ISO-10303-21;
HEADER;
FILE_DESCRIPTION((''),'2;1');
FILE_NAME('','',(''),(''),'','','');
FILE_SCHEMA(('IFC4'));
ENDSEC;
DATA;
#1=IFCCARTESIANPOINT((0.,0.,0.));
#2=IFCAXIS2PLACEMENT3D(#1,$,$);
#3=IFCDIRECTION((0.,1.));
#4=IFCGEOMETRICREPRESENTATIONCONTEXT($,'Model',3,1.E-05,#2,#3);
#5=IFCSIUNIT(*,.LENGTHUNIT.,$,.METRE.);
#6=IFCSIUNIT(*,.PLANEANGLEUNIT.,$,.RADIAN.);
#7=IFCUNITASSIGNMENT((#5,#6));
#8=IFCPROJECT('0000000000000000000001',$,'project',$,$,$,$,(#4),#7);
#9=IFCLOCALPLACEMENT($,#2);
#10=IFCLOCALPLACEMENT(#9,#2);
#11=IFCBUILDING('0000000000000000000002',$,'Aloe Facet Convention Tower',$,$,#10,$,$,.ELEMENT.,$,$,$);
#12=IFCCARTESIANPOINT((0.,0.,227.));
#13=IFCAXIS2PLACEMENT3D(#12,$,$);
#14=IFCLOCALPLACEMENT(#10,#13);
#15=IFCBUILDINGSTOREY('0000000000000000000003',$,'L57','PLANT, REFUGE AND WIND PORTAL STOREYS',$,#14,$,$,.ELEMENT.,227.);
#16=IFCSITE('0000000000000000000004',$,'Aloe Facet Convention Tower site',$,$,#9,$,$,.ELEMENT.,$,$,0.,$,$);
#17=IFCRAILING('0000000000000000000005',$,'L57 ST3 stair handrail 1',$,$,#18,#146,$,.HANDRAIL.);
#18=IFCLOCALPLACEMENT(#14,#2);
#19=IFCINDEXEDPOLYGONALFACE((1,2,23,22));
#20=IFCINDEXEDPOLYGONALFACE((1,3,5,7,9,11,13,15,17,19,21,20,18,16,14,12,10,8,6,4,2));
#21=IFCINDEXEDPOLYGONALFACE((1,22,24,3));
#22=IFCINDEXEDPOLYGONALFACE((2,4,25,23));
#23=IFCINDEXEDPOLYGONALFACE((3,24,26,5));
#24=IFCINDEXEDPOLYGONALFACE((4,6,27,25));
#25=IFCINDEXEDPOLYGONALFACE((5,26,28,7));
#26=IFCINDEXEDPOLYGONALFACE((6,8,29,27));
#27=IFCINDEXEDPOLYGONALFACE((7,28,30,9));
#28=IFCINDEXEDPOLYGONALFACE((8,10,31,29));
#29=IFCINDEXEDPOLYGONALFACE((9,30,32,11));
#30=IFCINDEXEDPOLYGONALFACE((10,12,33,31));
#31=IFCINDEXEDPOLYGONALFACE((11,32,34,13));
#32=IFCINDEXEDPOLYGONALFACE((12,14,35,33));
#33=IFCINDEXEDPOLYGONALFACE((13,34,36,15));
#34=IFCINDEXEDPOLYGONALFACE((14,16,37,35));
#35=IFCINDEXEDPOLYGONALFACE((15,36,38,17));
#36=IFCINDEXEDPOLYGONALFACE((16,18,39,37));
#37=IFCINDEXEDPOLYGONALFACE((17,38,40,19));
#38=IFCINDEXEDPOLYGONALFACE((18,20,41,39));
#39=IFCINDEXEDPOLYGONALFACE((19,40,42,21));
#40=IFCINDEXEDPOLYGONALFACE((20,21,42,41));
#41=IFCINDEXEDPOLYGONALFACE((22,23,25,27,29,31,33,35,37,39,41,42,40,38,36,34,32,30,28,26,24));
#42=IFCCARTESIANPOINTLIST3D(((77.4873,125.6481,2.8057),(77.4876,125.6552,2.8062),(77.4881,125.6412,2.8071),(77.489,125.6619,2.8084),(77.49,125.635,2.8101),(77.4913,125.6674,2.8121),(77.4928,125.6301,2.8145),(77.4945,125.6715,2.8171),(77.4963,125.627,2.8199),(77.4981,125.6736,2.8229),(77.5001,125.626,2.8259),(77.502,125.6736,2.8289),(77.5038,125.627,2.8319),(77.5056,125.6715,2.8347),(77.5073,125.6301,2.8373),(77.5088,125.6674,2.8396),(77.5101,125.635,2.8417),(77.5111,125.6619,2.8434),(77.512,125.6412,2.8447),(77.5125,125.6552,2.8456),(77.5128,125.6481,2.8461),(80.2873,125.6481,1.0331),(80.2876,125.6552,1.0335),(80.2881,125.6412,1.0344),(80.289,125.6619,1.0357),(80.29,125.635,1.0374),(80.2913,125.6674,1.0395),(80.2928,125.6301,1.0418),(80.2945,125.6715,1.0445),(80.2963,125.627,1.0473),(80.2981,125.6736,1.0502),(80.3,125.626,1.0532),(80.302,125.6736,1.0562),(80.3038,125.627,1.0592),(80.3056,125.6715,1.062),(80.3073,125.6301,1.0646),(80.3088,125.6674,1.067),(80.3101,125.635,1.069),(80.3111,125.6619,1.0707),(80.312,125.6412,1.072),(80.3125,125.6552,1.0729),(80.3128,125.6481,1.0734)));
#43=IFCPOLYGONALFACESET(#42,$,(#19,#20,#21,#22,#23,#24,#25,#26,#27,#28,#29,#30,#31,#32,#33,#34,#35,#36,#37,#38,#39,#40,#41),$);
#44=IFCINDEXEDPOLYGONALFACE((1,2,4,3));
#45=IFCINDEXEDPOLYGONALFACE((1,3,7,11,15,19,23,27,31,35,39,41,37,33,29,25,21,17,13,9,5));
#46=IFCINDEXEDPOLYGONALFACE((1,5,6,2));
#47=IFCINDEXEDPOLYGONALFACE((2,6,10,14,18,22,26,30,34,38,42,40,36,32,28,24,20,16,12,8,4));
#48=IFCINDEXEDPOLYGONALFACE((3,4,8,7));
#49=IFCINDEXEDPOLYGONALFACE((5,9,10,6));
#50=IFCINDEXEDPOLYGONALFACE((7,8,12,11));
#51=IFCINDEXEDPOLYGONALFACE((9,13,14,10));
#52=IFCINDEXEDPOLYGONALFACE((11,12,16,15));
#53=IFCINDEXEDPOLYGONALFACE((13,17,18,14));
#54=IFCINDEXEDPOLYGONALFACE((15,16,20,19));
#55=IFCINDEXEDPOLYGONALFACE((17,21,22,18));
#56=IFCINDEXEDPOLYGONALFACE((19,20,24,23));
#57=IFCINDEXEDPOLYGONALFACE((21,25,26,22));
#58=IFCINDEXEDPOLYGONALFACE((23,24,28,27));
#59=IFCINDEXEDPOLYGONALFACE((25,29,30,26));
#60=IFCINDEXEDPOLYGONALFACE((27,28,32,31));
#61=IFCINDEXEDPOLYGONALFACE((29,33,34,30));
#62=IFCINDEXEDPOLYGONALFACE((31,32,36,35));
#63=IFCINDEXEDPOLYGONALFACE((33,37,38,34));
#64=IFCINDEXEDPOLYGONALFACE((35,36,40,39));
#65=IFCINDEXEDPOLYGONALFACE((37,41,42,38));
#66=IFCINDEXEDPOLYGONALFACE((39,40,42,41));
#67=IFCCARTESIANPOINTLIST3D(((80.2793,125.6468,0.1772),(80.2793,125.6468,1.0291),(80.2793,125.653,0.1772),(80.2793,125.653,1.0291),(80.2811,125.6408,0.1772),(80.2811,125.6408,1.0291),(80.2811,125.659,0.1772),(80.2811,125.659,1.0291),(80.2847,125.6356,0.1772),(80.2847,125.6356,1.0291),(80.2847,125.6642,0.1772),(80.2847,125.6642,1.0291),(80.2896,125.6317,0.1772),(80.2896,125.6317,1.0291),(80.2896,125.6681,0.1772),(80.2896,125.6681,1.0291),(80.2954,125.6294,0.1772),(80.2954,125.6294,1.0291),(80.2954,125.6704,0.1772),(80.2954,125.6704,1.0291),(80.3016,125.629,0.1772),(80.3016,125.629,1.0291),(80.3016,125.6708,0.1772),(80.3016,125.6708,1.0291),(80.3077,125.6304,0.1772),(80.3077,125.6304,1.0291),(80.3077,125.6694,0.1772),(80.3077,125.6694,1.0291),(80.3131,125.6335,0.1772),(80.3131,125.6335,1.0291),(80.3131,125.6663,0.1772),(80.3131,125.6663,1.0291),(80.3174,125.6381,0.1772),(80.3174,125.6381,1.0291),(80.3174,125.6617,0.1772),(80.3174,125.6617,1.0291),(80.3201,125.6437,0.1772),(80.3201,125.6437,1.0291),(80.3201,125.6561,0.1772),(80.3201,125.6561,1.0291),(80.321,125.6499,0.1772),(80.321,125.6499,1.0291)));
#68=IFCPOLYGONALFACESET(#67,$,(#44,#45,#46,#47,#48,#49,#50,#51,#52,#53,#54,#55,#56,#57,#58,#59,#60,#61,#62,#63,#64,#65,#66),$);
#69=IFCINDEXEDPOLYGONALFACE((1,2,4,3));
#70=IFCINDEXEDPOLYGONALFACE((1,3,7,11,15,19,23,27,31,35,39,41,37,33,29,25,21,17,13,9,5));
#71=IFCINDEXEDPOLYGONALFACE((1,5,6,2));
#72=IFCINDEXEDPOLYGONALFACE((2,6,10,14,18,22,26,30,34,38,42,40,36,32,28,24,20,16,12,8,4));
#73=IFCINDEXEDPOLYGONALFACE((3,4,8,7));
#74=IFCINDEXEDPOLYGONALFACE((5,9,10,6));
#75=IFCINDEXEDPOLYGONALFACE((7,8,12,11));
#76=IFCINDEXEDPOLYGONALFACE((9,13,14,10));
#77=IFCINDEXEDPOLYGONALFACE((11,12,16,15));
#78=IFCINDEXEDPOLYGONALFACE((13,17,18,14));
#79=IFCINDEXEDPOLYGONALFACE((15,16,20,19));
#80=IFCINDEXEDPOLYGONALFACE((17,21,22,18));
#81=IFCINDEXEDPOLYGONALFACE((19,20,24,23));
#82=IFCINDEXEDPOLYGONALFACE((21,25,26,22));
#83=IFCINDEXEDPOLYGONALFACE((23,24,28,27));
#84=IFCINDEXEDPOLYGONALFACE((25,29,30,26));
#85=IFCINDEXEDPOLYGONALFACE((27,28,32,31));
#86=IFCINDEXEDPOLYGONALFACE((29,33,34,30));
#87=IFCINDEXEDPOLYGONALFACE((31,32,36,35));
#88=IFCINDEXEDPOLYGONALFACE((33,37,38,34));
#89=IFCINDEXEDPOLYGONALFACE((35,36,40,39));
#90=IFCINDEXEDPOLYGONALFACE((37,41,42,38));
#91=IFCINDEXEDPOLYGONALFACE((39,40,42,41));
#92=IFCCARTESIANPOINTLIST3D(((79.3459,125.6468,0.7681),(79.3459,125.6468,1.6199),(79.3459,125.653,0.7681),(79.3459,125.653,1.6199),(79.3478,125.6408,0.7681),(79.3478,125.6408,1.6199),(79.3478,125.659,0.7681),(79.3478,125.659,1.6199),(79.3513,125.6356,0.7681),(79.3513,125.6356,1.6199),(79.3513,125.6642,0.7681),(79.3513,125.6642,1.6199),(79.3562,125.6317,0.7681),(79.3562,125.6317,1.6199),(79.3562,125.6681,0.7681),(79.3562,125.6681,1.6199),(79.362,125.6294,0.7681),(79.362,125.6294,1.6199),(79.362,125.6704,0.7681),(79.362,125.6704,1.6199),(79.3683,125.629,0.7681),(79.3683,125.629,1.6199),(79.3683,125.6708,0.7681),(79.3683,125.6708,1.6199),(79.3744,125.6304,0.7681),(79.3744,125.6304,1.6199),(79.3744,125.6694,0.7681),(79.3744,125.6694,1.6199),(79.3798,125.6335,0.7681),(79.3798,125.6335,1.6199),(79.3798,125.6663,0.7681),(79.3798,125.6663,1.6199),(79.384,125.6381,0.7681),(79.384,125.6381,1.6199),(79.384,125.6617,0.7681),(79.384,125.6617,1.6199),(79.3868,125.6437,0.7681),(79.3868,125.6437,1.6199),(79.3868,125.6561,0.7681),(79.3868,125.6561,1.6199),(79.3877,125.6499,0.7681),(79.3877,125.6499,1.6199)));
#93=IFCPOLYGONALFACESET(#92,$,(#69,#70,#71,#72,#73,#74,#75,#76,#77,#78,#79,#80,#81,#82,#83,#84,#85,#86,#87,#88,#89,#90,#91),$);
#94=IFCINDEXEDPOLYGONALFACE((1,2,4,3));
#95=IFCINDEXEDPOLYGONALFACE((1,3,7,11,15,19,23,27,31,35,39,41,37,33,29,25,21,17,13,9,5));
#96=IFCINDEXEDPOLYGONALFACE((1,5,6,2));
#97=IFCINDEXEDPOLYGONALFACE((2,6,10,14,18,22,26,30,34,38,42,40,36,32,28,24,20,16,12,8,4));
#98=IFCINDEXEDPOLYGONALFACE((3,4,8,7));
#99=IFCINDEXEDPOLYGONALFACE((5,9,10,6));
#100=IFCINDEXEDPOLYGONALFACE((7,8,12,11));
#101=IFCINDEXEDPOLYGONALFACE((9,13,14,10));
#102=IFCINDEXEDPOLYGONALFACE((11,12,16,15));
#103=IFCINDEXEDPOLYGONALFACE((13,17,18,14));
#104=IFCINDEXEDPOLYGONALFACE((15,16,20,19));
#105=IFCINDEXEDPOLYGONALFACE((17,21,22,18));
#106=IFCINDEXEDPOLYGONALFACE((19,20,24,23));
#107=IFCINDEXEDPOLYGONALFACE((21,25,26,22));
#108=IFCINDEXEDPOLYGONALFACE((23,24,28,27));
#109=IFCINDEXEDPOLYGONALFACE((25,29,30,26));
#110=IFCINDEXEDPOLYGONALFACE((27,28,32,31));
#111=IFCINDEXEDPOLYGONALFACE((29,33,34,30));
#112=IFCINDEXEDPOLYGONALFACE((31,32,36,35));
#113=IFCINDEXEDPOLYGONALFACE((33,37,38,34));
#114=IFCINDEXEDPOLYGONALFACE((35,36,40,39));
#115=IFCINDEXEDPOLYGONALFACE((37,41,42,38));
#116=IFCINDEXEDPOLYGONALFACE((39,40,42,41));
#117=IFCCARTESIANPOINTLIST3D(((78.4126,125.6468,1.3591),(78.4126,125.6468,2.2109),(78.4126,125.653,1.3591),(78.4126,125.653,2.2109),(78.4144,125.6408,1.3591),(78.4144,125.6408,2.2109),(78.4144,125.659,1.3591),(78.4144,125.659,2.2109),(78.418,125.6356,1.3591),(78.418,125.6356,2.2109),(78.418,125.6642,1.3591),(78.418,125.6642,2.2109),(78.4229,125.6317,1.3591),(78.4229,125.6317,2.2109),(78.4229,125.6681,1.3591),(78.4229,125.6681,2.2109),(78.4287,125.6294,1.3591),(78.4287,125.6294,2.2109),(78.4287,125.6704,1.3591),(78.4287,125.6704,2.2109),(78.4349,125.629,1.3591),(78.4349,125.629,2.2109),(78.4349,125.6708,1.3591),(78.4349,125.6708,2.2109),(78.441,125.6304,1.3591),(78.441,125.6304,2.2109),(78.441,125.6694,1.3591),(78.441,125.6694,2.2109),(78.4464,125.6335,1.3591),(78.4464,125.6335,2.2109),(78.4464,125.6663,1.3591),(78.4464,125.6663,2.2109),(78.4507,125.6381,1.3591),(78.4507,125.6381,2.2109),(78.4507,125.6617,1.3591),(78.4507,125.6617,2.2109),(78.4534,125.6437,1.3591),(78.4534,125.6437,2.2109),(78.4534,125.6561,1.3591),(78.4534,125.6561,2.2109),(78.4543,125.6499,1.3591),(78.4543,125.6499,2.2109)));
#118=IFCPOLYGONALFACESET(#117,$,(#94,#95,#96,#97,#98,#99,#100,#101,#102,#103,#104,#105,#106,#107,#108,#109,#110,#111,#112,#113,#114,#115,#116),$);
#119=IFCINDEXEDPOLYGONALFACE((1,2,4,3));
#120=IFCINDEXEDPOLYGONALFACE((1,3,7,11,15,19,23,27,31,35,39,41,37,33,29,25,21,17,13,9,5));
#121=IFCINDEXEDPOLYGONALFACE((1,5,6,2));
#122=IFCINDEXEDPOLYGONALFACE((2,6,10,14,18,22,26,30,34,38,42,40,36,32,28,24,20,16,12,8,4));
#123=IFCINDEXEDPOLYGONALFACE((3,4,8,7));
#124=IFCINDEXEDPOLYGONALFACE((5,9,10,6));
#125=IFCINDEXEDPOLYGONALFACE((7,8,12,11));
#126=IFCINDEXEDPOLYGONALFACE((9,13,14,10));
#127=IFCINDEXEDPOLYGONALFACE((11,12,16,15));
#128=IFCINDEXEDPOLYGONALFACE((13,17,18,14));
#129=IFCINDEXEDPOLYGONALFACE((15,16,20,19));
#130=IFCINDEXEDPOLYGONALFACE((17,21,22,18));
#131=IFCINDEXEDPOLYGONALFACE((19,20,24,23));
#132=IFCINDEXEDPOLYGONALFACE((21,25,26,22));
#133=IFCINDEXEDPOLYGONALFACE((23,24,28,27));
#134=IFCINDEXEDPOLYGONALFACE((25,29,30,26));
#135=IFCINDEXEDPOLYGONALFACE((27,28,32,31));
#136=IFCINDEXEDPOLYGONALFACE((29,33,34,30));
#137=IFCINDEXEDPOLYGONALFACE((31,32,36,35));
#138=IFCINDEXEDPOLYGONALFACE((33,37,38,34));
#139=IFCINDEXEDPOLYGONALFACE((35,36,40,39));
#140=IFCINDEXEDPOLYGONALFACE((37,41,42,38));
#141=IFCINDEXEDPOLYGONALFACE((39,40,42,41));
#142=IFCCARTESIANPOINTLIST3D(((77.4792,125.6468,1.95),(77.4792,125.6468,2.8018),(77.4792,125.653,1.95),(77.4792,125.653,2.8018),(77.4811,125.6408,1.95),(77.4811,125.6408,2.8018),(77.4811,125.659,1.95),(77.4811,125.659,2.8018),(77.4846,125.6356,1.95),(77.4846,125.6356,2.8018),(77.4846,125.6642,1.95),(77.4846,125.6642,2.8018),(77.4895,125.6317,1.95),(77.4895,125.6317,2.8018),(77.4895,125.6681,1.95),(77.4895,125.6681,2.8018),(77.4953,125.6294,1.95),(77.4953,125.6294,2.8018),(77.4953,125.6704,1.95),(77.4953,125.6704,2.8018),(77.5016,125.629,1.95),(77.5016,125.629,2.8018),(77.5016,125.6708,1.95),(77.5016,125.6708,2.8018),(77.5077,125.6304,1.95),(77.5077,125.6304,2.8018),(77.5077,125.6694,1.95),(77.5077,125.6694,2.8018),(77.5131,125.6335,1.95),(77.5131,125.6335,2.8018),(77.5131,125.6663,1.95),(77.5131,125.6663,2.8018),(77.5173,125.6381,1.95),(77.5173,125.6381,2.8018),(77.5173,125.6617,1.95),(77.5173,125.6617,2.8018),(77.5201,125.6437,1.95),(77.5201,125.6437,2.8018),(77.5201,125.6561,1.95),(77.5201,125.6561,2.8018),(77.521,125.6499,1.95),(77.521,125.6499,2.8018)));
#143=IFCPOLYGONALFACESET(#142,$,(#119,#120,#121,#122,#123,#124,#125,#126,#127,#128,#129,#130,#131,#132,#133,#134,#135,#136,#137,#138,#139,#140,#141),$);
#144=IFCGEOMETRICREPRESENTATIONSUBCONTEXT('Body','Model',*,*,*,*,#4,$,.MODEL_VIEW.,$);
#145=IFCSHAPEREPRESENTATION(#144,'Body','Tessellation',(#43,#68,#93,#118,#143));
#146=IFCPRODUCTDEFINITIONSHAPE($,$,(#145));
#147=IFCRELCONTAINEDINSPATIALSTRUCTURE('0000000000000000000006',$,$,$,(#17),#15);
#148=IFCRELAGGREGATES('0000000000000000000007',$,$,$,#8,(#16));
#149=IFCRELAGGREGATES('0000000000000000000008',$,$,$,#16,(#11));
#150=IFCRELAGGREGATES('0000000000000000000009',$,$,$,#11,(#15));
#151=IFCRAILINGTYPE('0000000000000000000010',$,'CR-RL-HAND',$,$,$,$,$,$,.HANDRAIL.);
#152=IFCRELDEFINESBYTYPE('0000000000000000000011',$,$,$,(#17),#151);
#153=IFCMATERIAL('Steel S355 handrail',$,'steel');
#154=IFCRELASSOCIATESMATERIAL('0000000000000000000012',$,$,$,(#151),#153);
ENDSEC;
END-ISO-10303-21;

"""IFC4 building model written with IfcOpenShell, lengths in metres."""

from ifc_helpers import new_model, si_unit, direction, frame, origin, origin_2d, place, context, subcontext, project, spatial, circle, extrude, material, type_object, element, save


model = new_model("IFC4")

# Units and contexts
model_context = context("Model", 3, precision=1e-05, world=origin(), true_north=direction((0.0, 1.0)))
body_context = subcontext(model_context, "Body", "Model", "MODEL_VIEW")
ifc_project = project(units=[si_unit("LENGTHUNIT", "METRE"), si_unit("PLANEANGLEUNIT", "RADIAN")], contexts=[model_context])

# Site, building, storey
site_placement = place(None, origin())
site = spatial("IfcSite", under=ifc_project, at=site_placement, Name="Aloe Facet Convention Tower site", CompositionType="ELEMENT", RefElevation=0.0)
building_placement = place(site_placement, origin())
building = spatial("IfcBuilding", under=site, at=building_placement, Name="Aloe Facet Convention Tower", CompositionType="ELEMENT")
storey_placement = place(building_placement, frame((0.0, 0.0, 227.0)))
storey = spatial("IfcBuildingStorey", under=building, at=storey_placement, Name="L57", Description="PLANT, REFUGE AND WIND PORTAL STOREYS", CompositionType="ELEMENT", Elevation=227.0)

# Railing
ifc_material_1 = material(Name="Steel S355 handrail", Category="steel")
railing_type_1 = type_object("IfcRailingType", Name="CR-RL-HAND", PredefinedType="HANDRAIL", material=ifc_material_1)
for number, where, name in (
    (1, (80.3, 125.6499, 0.1772), "L57 ST3 stair handrail 1"),
):
    element("IfcRailing", number, at=place(storey_placement, frame(where)), inside=storey, type_object=railing_type_1, Name=name, PredefinedType="HANDRAIL", context=body_context, shape_type="SweptSolid", body=[
        extrude(circle(Radius=0.0239, at=origin_2d()), frame((0.0, 0.0, 0.876), z_axis=(-0.844909, 0.0, 0.53491), x_axis=(0.0, -1.0, 0.0)), (0.0, 0.0, 1.0), 3.314),
        extrude(circle(Radius=0.021, at=origin_2d()), origin(), (0.0, 0.0, 1.0), 0.8518),
        extrude(circle(Radius=0.021, at=origin_2d()), frame((-0.9333, 0.0, 0.5908)), (0.0, 0.0, 1.0), 0.8518),
        extrude(circle(Radius=0.021, at=origin_2d()), frame((-1.8667, 0.0, 1.1819)), (0.0, 0.0, 1.0), 0.8518),
        extrude(circle(Radius=0.021, at=origin_2d()), frame((-2.8, 0.0, 1.7727)), (0.0, 0.0, 1.0), 0.8518),
    ])

save(model, "model.ifc")
